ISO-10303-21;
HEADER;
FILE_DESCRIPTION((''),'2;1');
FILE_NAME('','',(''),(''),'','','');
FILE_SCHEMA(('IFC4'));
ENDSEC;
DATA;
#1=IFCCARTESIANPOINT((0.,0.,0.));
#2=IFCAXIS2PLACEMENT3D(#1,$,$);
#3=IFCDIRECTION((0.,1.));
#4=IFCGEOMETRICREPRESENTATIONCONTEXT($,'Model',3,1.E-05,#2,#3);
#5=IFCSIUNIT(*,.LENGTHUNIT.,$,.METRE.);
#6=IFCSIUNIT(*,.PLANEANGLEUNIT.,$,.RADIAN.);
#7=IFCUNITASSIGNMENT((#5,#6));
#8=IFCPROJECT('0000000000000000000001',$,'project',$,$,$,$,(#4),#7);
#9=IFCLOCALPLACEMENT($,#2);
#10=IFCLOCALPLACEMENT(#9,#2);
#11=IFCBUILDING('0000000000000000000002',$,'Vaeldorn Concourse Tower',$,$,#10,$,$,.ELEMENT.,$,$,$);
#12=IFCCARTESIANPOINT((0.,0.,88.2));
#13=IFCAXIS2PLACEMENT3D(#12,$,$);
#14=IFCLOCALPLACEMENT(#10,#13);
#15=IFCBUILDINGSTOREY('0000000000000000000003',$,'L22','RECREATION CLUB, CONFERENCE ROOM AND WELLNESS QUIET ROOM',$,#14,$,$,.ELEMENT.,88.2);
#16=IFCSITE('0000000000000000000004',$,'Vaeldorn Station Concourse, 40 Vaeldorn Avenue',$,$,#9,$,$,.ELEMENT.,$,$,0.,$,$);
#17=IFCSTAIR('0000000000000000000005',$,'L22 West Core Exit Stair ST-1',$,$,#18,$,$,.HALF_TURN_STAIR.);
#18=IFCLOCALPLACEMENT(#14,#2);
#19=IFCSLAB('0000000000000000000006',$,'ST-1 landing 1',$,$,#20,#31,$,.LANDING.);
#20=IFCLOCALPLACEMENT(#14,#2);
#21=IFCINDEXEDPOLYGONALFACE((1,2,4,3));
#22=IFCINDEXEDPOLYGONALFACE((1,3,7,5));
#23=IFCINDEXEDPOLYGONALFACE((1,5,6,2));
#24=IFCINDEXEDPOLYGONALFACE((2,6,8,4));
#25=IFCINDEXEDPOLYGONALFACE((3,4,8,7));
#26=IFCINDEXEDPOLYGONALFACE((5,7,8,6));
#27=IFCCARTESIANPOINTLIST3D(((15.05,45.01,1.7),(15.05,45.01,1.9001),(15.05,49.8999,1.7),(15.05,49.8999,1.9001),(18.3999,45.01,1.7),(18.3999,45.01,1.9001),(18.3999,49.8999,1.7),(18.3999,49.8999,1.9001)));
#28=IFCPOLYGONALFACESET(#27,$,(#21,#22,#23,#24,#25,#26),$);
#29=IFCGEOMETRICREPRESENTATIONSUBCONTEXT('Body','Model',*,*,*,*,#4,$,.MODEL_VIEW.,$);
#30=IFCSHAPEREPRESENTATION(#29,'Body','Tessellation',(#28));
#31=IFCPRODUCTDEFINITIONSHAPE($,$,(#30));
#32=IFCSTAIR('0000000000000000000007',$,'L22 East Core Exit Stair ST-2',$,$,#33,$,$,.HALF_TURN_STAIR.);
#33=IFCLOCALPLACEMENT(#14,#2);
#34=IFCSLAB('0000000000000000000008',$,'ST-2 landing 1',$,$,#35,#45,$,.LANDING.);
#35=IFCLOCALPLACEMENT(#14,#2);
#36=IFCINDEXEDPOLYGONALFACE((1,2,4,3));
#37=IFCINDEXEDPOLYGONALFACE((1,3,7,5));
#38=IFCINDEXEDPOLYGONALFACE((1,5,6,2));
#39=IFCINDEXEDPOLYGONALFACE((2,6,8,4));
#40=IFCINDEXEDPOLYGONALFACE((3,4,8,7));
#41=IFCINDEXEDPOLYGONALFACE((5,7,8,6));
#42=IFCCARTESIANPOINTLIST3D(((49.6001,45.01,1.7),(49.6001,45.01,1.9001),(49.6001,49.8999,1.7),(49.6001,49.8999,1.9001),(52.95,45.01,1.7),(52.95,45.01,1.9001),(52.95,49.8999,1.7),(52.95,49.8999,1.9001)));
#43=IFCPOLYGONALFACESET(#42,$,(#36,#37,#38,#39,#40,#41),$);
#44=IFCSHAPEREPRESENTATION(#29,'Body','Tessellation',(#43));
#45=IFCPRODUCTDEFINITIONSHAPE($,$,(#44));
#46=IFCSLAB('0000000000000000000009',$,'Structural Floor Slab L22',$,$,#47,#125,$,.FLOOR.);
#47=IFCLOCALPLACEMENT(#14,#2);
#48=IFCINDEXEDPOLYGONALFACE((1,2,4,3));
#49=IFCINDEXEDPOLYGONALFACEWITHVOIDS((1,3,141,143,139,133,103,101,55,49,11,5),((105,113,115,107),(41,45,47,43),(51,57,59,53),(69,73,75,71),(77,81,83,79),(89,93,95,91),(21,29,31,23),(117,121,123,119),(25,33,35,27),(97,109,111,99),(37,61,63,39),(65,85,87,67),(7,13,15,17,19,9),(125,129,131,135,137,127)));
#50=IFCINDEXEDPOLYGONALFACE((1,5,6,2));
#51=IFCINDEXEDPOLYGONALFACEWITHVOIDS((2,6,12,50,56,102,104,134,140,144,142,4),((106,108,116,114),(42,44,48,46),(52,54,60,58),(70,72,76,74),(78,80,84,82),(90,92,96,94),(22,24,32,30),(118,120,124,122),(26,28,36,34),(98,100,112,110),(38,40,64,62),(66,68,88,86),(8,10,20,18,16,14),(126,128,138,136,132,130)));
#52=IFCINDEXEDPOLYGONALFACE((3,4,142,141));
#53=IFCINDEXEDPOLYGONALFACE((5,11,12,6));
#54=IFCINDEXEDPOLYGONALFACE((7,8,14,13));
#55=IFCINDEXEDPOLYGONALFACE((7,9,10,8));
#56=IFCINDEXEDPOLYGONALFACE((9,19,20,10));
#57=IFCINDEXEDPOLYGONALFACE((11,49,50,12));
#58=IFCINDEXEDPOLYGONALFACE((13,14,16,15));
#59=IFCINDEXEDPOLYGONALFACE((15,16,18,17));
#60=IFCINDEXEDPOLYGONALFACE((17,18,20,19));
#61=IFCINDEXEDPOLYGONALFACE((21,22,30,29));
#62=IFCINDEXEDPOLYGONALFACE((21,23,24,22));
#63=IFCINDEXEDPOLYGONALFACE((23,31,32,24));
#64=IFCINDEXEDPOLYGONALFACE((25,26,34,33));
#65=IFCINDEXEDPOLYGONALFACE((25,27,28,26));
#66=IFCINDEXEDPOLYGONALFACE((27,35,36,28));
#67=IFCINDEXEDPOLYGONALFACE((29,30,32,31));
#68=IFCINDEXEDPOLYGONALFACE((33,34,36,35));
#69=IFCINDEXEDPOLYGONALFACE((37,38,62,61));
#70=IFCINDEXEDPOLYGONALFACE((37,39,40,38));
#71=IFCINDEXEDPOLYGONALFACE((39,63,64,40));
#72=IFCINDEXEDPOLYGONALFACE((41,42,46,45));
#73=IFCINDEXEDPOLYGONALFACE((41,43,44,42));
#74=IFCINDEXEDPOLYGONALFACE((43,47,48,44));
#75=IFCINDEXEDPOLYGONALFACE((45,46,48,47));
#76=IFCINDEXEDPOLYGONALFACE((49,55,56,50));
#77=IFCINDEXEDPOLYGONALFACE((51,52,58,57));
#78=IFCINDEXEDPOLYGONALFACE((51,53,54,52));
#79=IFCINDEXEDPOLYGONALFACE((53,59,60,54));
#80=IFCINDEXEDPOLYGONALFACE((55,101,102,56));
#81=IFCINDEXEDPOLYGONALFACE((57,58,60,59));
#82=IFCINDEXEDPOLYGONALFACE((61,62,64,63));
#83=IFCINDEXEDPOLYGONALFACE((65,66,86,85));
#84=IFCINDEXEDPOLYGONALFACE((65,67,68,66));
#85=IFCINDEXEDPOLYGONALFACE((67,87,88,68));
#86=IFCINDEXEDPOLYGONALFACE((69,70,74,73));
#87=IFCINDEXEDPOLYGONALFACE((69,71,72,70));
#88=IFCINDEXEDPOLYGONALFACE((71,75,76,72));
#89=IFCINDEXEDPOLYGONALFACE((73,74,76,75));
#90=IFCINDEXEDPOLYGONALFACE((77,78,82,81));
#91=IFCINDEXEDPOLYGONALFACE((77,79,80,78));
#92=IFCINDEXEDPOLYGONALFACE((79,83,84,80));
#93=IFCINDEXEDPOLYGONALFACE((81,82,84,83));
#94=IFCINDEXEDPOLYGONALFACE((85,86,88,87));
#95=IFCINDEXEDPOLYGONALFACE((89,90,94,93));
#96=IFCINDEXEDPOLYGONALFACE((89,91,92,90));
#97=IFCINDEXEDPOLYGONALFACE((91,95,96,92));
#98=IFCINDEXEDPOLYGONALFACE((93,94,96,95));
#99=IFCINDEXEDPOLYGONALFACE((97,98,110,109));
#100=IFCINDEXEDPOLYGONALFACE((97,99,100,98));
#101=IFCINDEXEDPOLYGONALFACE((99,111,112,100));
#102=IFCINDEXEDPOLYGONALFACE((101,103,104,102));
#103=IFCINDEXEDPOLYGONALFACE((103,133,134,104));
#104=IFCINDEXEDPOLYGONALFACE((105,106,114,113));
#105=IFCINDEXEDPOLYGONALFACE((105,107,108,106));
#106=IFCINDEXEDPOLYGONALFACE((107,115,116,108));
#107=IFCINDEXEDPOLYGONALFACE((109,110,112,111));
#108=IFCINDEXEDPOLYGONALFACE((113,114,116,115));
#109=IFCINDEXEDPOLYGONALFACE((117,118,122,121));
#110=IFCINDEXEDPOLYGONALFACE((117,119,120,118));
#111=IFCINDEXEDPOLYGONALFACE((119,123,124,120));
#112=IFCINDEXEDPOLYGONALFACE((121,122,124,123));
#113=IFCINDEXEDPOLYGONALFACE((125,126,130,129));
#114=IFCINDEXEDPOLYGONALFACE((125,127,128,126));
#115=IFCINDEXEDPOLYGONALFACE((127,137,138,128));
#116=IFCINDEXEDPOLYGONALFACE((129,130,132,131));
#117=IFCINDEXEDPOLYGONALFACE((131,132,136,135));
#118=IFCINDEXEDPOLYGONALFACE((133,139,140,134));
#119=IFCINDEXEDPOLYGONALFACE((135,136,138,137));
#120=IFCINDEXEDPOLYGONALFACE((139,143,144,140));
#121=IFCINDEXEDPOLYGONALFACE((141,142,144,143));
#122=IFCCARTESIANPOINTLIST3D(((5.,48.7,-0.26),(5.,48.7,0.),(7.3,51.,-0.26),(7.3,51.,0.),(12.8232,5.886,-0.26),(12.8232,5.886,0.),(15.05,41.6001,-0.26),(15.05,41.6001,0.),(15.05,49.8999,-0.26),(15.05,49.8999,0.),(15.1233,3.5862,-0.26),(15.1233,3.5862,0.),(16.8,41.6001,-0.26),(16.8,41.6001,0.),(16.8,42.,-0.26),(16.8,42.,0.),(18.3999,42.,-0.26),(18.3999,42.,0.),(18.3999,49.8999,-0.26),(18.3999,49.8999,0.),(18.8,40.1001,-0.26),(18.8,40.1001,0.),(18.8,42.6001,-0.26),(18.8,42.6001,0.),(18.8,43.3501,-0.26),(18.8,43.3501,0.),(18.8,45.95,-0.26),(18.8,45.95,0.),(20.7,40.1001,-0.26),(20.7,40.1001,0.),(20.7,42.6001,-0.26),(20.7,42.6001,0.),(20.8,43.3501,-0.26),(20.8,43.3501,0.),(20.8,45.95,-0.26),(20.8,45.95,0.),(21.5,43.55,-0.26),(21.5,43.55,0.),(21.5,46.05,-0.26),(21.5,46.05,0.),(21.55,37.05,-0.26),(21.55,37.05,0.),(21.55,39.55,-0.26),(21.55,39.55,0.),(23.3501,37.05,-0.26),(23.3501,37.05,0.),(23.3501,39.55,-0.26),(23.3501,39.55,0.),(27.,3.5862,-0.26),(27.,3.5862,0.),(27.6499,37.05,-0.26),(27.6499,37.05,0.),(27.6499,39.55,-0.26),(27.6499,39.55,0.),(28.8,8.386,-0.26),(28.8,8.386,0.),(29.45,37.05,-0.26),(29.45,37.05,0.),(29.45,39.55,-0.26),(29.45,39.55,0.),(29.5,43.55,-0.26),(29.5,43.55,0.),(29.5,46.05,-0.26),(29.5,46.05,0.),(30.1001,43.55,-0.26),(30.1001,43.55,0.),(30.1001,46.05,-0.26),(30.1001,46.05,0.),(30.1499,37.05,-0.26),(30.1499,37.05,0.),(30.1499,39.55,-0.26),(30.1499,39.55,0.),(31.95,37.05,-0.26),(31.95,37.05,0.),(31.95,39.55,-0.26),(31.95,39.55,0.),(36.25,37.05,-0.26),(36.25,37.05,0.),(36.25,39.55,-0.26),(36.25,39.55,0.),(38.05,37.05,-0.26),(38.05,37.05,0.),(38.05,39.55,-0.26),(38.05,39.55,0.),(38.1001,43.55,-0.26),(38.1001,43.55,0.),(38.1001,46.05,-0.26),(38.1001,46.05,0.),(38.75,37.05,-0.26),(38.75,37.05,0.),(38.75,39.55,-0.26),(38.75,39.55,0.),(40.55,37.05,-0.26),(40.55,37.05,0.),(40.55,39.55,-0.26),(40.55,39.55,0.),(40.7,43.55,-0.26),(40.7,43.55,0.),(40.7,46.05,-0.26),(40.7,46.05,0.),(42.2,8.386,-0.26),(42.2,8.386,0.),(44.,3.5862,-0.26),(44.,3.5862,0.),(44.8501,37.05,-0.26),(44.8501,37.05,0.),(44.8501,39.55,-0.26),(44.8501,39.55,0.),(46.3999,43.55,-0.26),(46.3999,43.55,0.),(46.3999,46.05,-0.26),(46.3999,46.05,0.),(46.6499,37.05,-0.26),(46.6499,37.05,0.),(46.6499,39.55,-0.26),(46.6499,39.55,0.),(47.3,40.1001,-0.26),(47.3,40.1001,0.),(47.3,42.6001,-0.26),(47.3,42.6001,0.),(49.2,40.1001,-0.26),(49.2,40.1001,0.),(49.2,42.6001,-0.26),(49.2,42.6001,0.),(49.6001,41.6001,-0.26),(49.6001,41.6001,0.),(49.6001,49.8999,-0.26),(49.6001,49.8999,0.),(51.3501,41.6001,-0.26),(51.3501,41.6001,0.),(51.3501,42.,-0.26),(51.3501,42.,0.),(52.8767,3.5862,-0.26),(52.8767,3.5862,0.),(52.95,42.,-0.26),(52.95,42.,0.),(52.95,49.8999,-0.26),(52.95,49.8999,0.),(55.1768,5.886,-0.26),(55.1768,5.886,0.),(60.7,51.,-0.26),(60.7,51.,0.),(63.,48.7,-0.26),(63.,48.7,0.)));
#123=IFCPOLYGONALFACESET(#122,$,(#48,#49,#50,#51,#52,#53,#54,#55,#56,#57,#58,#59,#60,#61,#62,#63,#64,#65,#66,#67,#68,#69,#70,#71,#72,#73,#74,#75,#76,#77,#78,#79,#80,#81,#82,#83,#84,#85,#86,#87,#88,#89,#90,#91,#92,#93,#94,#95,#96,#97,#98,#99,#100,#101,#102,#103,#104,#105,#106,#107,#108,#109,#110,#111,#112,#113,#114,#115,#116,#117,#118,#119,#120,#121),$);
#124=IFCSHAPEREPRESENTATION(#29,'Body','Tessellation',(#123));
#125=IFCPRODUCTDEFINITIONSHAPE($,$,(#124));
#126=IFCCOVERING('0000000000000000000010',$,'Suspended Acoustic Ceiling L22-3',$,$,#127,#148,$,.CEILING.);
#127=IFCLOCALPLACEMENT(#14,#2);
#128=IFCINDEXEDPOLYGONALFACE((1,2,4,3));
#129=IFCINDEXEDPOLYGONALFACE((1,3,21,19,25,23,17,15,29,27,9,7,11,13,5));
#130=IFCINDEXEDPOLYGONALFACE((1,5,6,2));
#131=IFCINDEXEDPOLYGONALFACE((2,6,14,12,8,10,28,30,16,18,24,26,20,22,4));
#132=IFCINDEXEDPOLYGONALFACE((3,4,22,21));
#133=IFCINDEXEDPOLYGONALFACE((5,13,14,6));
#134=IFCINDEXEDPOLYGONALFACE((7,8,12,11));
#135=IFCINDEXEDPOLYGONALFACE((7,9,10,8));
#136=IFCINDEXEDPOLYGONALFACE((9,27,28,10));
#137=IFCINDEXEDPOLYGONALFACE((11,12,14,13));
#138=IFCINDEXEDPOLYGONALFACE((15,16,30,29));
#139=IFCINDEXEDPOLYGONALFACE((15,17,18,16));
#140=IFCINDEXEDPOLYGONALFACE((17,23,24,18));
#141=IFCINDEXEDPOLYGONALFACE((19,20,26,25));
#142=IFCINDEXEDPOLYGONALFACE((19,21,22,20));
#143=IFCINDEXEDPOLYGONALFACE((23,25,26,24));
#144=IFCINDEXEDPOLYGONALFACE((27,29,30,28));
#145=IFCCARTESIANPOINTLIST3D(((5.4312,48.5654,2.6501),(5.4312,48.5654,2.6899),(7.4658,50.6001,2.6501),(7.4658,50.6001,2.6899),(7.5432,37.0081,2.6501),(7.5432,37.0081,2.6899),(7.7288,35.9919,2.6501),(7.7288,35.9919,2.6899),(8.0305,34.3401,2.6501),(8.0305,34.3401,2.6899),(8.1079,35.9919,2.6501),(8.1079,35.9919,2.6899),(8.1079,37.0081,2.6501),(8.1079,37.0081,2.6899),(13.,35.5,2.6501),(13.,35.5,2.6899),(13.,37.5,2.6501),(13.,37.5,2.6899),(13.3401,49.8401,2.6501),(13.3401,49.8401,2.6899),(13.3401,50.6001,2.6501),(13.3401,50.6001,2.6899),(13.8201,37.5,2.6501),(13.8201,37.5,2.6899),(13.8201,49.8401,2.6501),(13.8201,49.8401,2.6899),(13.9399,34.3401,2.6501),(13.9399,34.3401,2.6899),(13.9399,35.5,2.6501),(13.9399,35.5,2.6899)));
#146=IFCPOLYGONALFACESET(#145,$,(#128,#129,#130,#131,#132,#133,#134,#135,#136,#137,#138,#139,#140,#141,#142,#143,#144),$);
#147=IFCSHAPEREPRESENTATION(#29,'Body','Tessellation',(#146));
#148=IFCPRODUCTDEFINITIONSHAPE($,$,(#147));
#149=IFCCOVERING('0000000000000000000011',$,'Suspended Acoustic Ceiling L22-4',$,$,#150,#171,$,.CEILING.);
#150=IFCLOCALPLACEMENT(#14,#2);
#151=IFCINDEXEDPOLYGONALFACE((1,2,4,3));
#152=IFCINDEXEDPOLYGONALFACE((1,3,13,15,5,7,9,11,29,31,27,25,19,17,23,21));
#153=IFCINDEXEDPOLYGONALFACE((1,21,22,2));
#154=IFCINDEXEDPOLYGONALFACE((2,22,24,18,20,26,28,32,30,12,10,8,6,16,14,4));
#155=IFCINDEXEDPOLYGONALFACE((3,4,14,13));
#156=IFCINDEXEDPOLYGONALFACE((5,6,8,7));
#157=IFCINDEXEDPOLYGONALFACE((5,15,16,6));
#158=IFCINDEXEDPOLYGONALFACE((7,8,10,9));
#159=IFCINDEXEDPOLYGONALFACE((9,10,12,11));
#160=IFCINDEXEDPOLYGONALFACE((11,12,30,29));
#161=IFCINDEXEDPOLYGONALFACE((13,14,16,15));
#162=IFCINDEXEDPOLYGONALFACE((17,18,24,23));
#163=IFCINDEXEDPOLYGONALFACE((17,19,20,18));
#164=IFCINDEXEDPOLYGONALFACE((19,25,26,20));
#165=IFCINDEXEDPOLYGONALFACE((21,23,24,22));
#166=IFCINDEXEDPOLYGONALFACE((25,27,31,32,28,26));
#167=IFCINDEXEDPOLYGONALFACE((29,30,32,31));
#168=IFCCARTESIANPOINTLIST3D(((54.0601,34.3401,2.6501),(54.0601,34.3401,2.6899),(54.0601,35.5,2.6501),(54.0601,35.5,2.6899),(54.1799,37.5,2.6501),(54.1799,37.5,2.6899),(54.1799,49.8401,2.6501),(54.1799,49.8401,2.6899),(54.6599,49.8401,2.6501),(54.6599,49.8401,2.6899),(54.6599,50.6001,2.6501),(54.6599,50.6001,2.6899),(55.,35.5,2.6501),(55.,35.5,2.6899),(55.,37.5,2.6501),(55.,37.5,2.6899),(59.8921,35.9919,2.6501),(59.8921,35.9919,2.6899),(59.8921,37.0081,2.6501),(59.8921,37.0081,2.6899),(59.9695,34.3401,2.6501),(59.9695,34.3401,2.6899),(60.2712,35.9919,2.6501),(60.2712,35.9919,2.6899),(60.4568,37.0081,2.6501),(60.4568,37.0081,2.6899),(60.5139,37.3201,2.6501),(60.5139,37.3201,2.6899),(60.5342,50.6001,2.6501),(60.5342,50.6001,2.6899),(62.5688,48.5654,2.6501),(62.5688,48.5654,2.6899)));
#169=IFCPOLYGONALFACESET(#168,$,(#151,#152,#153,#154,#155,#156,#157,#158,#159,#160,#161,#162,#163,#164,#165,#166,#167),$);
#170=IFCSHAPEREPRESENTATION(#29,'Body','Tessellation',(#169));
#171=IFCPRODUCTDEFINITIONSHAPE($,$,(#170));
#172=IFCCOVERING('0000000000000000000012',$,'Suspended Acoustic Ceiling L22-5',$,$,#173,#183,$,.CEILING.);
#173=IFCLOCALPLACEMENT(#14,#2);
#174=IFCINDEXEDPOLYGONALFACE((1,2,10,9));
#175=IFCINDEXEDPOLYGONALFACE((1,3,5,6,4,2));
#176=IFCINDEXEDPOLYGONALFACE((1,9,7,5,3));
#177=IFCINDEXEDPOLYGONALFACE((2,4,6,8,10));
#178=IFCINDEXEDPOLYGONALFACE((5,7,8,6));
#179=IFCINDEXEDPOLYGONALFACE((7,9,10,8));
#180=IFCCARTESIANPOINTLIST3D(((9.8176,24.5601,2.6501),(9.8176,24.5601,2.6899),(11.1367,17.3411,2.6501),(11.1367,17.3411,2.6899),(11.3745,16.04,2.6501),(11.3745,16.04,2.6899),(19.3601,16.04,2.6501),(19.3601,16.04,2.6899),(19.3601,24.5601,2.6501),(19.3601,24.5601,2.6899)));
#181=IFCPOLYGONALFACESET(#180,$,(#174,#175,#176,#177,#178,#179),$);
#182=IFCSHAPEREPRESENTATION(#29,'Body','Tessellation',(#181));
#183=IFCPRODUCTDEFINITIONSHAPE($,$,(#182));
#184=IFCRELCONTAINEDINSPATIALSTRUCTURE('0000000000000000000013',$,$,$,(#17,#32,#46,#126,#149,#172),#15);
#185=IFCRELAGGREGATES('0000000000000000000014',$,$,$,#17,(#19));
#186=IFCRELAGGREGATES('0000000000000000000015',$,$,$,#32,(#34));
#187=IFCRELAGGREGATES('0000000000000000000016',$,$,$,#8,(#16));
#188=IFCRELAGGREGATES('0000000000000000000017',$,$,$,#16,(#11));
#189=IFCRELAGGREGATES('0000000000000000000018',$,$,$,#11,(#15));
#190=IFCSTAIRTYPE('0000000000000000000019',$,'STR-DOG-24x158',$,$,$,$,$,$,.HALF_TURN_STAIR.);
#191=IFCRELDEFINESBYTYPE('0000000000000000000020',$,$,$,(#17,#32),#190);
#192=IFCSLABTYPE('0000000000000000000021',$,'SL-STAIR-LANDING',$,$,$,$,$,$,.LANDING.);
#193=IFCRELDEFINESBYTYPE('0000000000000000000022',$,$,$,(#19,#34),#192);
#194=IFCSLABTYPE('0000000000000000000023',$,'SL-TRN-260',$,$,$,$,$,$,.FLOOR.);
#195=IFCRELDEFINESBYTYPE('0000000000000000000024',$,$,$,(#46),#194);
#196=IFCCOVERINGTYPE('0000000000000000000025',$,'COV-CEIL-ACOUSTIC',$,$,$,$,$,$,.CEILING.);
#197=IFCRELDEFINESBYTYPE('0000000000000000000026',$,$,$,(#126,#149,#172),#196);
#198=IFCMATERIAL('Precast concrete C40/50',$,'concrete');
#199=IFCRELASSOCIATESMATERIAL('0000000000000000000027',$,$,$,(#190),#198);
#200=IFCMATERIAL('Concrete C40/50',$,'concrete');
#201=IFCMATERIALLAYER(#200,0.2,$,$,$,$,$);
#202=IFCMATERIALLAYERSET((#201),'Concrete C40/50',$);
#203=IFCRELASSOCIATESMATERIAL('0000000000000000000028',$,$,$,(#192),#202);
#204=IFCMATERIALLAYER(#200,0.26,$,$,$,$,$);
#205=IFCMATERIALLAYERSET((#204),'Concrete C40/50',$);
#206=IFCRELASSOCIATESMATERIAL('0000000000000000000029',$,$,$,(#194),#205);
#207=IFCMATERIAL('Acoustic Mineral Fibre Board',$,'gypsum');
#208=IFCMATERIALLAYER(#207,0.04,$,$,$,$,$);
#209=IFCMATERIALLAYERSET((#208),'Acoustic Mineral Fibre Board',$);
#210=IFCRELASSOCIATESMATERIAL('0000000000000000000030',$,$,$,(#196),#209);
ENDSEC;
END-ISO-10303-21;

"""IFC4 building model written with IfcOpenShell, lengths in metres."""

from ifc_helpers import new_model, si_unit, direction, frame, origin, place, context, subcontext, project, spatial, polyline, outline, extrude, material, layer, layer_set, type_object, element, aggregate, save


model = new_model("IFC4")

# Units and contexts
model_context = context("Model", 3, precision=1e-05, world=origin(), true_north=direction((0.0, 1.0)))
body_context = subcontext(model_context, "Body", "Model", "MODEL_VIEW")
ifc_project = project(units=[si_unit("LENGTHUNIT", "METRE"), si_unit("PLANEANGLEUNIT", "RADIAN")], contexts=[model_context])

# Site, building, storey
site_placement = place(None, origin())
site = spatial("IfcSite", under=ifc_project, at=site_placement, Name="Vaeldorn Station Concourse, 40 Vaeldorn Avenue", CompositionType="ELEMENT", RefElevation=0.0)
building_placement = place(site_placement, origin())
building = spatial("IfcBuilding", under=site, at=building_placement, Name="Vaeldorn Concourse Tower", CompositionType="ELEMENT")
storey_placement = place(building_placement, frame((0.0, 0.0, 88.2)))
storey = spatial("IfcBuildingStorey", under=building, at=storey_placement, Name="L22", Description="RECREATION CLUB, CONFERENCE ROOM AND WELLNESS QUIET ROOM", CompositionType="ELEMENT", Elevation=88.2)

# Stairs, slabs
ifc_material_1 = material(Name="Precast concrete C40/50", Category="concrete")
stair_type = type_object("IfcStairType", Name="STR-DOG-24x158", PredefinedType="HALF_TURN_STAIR", material=ifc_material_1)
stair_1_placement = place(storey_placement, origin())
stair_1 = element("IfcStair", 1, at=stair_1_placement, inside=storey, type_object=stair_type, Name="L22 West Core Exit Stair ST-1", PredefinedType="HALF_TURN_STAIR")
ifc_material_2 = material(Name="Concrete C40/50", Category="concrete")
ifc_layer_1 = layer(ifc_material_2, 0.2)
ifc_layer_set_1 = layer_set([ifc_layer_1], Name="Concrete C40/50")
slab_type_1 = type_object("IfcSlabType", Name="SL-STAIR-LANDING", PredefinedType="LANDING", material=ifc_layer_set_1)
slab_1_placement = place(storey_placement, frame((0.0, 0.0, 1.7)))
slab_1 = element("IfcSlab", 2, at=slab_1_placement, type_object=slab_type_1, Name="ST-1 landing 1", PredefinedType="LANDING", context=body_context, shape_type="SweptSolid", body=[
    extrude(outline(polyline([(18.3999, 45.01), (18.3999, 49.8999), (15.05, 49.8999), (15.05, 45.01), (18.3999, 45.01)])), origin(), (0.0, 0.0, 1.0), 0.2002),
])
aggregate(stair_1, [slab_1])
stair_2_placement = place(storey_placement, origin())
stair_2 = element("IfcStair", 3, at=stair_2_placement, inside=storey, type_object=stair_type, Name="L22 East Core Exit Stair ST-2", PredefinedType="HALF_TURN_STAIR")
slab_2_placement = place(storey_placement, frame((0.0, 0.0, 1.7)))
slab_2 = element("IfcSlab", 4, at=slab_2_placement, type_object=slab_type_1, Name="ST-2 landing 1", PredefinedType="LANDING", context=body_context, shape_type="SweptSolid", body=[
    extrude(outline(polyline([(52.95, 45.01), (52.95, 49.8999), (49.6001, 49.8999), (49.6001, 45.01), (52.95, 45.01)])), origin(), (0.0, 0.0, 1.0), 0.2002),
])
aggregate(stair_2, [slab_2])

# Slab
ifc_layer_2 = layer(ifc_material_2, 0.26)
ifc_layer_set_2 = layer_set([ifc_layer_2], Name="Concrete C40/50")
slab_type_2 = type_object("IfcSlabType", Name="SL-TRN-260", PredefinedType="FLOOR", material=ifc_layer_set_2)
slab_3_placement = place(storey_placement, frame((0.0, 0.0, -0.26)))
element("IfcSlab", 5, at=slab_3_placement, inside=storey, type_object=slab_type_2, Name="Structural Floor Slab L22", PredefinedType="FLOOR", context=body_context, shape_type="SweptSolid", body=[
    extrude(outline(polyline([(15.1233, 3.5862), (27.0, 3.5862), (28.8, 8.386), (42.2, 8.386), (44.0, 3.5862), (52.8767, 3.5862), (55.1768, 5.886), (63.0, 48.7), (60.7, 51.0), (7.3, 51.0), (5.0, 48.7), (12.8232, 5.886), (15.1233, 3.5862)]), holes=[polyline([(18.3999, 42.0), (18.3999, 49.8999), (15.05, 49.8999), (15.05, 41.6001), (16.8, 41.6001), (16.8, 42.0), (18.3999, 42.0)]), polyline([(52.95, 42.0), (52.95, 49.8999), (49.6001, 49.8999), (49.6001, 41.6001), (51.3501, 41.6001), (51.3501, 42.0), (52.95, 42.0)]), polyline([(21.55, 37.05), (23.3501, 37.05), (23.3501, 39.55), (21.55, 39.55), (21.55, 37.05)]), polyline([(27.6499, 37.05), (29.45, 37.05), (29.45, 39.55), (27.6499, 39.55), (27.6499, 37.05)]), polyline([(21.5, 43.55), (29.5, 43.55), (29.5, 46.05), (21.5, 46.05), (21.5, 43.55)]), polyline([(30.1499, 37.05), (31.95, 37.05), (31.95, 39.55), (30.1499, 39.55), (30.1499, 37.05)]), polyline([(36.25, 37.05), (38.05, 37.05), (38.05, 39.55), (36.25, 39.55), (36.25, 37.05)]), polyline([(30.1001, 43.55), (38.1001, 43.55), (38.1001, 46.05), (30.1001, 46.05), (30.1001, 43.55)]), polyline([(38.75, 37.05), (40.55, 37.05), (40.55, 39.55), (38.75, 39.55), (38.75, 37.05)]), polyline([(44.8501, 37.05), (46.6499, 37.05), (46.6499, 39.55), (44.8501, 39.55), (44.8501, 37.05)]), polyline([(40.7, 43.55), (46.3999, 43.55), (46.3999, 46.05), (40.7, 46.05), (40.7, 43.55)]), polyline([(18.8, 43.3501), (20.8, 43.3501), (20.8, 45.95), (18.8, 45.95), (18.8, 43.3501)]), polyline([(18.8, 40.1001), (20.7, 40.1001), (20.7, 42.6001), (18.8, 42.6001), (18.8, 40.1001)]), polyline([(47.3, 40.1001), (49.2, 40.1001), (49.2, 42.6001), (47.3, 42.6001), (47.3, 40.1001)])]), origin(), (0.0, 0.0, 1.0), 0.26),
])

# Coverings
ifc_material_3 = material(Name="Acoustic Mineral Fibre Board", Category="gypsum")
ifc_layer_3 = layer(ifc_material_3, 0.04)
ifc_layer_set_3 = layer_set([ifc_layer_3], Name="Acoustic Mineral Fibre Board")
covering_type_1 = type_object("IfcCoveringType", Name="COV-CEIL-ACOUSTIC", PredefinedType="CEILING", material=ifc_layer_set_3)
covering_1_placement = place(storey_placement, frame((0.0, 0.0, 2.6501)))
element("IfcCovering", 6, at=covering_1_placement, inside=storey, type_object=covering_type_1, Name="Suspended Acoustic Ceiling L22-3", PredefinedType="CEILING", context=body_context, shape_type="SweptSolid", body=[
    extrude(outline(polyline([(7.4658, 50.6001), (13.3401, 50.6001), (13.3401, 49.8401), (13.8201, 49.8401), (13.8201, 37.5), (13.0, 37.5), (13.0, 35.5), (13.9399, 35.5), (13.9399, 34.3401), (8.0305, 34.3401), (7.7288, 35.9919), (8.1079, 35.9919), (8.1079, 37.0081), (7.5432, 37.0081), (5.4312, 48.5654), (7.4658, 50.6001)])), origin(), (0.0, 0.0, 1.0), 0.0398),
])
covering_2_placement = place(storey_placement, frame((0.0, 0.0, 2.6501)))
element("IfcCovering", 7, at=covering_2_placement, inside=storey, type_object=covering_type_1, Name="Suspended Acoustic Ceiling L22-4", PredefinedType="CEILING", context=body_context, shape_type="SweptSolid", body=[
    extrude(outline(polyline([(54.1799, 49.8401), (54.6599, 49.8401), (54.6599, 50.6001), (60.5342, 50.6001), (62.5688, 48.5654), (60.5139, 37.3201), (60.5139, 37.3201), (60.4568, 37.0081), (59.8921, 37.0081), (59.8921, 35.9919), (60.2712, 35.9919), (59.9695, 34.3401), (54.0601, 34.3401), (54.0601, 35.5), (55.0, 35.5), (55.0, 37.5), (54.1799, 37.5), (54.1799, 49.8401)])), origin(), (0.0, 0.0, 1.0), 0.0398),
])
covering_3_placement = place(storey_placement, frame((0.0, 0.0, 2.6501)))
element("IfcCovering", 8, at=covering_3_placement, inside=storey, type_object=covering_type_1, Name="Suspended Acoustic Ceiling L22-5", PredefinedType="CEILING", context=body_context, shape_type="SweptSolid", body=[
    extrude(outline(polyline([(19.3601, 24.5601), (19.3601, 16.04), (11.3745, 16.04), (11.1367, 17.3411), (9.8176, 24.5601), (19.3601, 24.5601)])), origin(), (0.0, 0.0, 1.0), 0.0398),
])

save(model, "model.ifc")
